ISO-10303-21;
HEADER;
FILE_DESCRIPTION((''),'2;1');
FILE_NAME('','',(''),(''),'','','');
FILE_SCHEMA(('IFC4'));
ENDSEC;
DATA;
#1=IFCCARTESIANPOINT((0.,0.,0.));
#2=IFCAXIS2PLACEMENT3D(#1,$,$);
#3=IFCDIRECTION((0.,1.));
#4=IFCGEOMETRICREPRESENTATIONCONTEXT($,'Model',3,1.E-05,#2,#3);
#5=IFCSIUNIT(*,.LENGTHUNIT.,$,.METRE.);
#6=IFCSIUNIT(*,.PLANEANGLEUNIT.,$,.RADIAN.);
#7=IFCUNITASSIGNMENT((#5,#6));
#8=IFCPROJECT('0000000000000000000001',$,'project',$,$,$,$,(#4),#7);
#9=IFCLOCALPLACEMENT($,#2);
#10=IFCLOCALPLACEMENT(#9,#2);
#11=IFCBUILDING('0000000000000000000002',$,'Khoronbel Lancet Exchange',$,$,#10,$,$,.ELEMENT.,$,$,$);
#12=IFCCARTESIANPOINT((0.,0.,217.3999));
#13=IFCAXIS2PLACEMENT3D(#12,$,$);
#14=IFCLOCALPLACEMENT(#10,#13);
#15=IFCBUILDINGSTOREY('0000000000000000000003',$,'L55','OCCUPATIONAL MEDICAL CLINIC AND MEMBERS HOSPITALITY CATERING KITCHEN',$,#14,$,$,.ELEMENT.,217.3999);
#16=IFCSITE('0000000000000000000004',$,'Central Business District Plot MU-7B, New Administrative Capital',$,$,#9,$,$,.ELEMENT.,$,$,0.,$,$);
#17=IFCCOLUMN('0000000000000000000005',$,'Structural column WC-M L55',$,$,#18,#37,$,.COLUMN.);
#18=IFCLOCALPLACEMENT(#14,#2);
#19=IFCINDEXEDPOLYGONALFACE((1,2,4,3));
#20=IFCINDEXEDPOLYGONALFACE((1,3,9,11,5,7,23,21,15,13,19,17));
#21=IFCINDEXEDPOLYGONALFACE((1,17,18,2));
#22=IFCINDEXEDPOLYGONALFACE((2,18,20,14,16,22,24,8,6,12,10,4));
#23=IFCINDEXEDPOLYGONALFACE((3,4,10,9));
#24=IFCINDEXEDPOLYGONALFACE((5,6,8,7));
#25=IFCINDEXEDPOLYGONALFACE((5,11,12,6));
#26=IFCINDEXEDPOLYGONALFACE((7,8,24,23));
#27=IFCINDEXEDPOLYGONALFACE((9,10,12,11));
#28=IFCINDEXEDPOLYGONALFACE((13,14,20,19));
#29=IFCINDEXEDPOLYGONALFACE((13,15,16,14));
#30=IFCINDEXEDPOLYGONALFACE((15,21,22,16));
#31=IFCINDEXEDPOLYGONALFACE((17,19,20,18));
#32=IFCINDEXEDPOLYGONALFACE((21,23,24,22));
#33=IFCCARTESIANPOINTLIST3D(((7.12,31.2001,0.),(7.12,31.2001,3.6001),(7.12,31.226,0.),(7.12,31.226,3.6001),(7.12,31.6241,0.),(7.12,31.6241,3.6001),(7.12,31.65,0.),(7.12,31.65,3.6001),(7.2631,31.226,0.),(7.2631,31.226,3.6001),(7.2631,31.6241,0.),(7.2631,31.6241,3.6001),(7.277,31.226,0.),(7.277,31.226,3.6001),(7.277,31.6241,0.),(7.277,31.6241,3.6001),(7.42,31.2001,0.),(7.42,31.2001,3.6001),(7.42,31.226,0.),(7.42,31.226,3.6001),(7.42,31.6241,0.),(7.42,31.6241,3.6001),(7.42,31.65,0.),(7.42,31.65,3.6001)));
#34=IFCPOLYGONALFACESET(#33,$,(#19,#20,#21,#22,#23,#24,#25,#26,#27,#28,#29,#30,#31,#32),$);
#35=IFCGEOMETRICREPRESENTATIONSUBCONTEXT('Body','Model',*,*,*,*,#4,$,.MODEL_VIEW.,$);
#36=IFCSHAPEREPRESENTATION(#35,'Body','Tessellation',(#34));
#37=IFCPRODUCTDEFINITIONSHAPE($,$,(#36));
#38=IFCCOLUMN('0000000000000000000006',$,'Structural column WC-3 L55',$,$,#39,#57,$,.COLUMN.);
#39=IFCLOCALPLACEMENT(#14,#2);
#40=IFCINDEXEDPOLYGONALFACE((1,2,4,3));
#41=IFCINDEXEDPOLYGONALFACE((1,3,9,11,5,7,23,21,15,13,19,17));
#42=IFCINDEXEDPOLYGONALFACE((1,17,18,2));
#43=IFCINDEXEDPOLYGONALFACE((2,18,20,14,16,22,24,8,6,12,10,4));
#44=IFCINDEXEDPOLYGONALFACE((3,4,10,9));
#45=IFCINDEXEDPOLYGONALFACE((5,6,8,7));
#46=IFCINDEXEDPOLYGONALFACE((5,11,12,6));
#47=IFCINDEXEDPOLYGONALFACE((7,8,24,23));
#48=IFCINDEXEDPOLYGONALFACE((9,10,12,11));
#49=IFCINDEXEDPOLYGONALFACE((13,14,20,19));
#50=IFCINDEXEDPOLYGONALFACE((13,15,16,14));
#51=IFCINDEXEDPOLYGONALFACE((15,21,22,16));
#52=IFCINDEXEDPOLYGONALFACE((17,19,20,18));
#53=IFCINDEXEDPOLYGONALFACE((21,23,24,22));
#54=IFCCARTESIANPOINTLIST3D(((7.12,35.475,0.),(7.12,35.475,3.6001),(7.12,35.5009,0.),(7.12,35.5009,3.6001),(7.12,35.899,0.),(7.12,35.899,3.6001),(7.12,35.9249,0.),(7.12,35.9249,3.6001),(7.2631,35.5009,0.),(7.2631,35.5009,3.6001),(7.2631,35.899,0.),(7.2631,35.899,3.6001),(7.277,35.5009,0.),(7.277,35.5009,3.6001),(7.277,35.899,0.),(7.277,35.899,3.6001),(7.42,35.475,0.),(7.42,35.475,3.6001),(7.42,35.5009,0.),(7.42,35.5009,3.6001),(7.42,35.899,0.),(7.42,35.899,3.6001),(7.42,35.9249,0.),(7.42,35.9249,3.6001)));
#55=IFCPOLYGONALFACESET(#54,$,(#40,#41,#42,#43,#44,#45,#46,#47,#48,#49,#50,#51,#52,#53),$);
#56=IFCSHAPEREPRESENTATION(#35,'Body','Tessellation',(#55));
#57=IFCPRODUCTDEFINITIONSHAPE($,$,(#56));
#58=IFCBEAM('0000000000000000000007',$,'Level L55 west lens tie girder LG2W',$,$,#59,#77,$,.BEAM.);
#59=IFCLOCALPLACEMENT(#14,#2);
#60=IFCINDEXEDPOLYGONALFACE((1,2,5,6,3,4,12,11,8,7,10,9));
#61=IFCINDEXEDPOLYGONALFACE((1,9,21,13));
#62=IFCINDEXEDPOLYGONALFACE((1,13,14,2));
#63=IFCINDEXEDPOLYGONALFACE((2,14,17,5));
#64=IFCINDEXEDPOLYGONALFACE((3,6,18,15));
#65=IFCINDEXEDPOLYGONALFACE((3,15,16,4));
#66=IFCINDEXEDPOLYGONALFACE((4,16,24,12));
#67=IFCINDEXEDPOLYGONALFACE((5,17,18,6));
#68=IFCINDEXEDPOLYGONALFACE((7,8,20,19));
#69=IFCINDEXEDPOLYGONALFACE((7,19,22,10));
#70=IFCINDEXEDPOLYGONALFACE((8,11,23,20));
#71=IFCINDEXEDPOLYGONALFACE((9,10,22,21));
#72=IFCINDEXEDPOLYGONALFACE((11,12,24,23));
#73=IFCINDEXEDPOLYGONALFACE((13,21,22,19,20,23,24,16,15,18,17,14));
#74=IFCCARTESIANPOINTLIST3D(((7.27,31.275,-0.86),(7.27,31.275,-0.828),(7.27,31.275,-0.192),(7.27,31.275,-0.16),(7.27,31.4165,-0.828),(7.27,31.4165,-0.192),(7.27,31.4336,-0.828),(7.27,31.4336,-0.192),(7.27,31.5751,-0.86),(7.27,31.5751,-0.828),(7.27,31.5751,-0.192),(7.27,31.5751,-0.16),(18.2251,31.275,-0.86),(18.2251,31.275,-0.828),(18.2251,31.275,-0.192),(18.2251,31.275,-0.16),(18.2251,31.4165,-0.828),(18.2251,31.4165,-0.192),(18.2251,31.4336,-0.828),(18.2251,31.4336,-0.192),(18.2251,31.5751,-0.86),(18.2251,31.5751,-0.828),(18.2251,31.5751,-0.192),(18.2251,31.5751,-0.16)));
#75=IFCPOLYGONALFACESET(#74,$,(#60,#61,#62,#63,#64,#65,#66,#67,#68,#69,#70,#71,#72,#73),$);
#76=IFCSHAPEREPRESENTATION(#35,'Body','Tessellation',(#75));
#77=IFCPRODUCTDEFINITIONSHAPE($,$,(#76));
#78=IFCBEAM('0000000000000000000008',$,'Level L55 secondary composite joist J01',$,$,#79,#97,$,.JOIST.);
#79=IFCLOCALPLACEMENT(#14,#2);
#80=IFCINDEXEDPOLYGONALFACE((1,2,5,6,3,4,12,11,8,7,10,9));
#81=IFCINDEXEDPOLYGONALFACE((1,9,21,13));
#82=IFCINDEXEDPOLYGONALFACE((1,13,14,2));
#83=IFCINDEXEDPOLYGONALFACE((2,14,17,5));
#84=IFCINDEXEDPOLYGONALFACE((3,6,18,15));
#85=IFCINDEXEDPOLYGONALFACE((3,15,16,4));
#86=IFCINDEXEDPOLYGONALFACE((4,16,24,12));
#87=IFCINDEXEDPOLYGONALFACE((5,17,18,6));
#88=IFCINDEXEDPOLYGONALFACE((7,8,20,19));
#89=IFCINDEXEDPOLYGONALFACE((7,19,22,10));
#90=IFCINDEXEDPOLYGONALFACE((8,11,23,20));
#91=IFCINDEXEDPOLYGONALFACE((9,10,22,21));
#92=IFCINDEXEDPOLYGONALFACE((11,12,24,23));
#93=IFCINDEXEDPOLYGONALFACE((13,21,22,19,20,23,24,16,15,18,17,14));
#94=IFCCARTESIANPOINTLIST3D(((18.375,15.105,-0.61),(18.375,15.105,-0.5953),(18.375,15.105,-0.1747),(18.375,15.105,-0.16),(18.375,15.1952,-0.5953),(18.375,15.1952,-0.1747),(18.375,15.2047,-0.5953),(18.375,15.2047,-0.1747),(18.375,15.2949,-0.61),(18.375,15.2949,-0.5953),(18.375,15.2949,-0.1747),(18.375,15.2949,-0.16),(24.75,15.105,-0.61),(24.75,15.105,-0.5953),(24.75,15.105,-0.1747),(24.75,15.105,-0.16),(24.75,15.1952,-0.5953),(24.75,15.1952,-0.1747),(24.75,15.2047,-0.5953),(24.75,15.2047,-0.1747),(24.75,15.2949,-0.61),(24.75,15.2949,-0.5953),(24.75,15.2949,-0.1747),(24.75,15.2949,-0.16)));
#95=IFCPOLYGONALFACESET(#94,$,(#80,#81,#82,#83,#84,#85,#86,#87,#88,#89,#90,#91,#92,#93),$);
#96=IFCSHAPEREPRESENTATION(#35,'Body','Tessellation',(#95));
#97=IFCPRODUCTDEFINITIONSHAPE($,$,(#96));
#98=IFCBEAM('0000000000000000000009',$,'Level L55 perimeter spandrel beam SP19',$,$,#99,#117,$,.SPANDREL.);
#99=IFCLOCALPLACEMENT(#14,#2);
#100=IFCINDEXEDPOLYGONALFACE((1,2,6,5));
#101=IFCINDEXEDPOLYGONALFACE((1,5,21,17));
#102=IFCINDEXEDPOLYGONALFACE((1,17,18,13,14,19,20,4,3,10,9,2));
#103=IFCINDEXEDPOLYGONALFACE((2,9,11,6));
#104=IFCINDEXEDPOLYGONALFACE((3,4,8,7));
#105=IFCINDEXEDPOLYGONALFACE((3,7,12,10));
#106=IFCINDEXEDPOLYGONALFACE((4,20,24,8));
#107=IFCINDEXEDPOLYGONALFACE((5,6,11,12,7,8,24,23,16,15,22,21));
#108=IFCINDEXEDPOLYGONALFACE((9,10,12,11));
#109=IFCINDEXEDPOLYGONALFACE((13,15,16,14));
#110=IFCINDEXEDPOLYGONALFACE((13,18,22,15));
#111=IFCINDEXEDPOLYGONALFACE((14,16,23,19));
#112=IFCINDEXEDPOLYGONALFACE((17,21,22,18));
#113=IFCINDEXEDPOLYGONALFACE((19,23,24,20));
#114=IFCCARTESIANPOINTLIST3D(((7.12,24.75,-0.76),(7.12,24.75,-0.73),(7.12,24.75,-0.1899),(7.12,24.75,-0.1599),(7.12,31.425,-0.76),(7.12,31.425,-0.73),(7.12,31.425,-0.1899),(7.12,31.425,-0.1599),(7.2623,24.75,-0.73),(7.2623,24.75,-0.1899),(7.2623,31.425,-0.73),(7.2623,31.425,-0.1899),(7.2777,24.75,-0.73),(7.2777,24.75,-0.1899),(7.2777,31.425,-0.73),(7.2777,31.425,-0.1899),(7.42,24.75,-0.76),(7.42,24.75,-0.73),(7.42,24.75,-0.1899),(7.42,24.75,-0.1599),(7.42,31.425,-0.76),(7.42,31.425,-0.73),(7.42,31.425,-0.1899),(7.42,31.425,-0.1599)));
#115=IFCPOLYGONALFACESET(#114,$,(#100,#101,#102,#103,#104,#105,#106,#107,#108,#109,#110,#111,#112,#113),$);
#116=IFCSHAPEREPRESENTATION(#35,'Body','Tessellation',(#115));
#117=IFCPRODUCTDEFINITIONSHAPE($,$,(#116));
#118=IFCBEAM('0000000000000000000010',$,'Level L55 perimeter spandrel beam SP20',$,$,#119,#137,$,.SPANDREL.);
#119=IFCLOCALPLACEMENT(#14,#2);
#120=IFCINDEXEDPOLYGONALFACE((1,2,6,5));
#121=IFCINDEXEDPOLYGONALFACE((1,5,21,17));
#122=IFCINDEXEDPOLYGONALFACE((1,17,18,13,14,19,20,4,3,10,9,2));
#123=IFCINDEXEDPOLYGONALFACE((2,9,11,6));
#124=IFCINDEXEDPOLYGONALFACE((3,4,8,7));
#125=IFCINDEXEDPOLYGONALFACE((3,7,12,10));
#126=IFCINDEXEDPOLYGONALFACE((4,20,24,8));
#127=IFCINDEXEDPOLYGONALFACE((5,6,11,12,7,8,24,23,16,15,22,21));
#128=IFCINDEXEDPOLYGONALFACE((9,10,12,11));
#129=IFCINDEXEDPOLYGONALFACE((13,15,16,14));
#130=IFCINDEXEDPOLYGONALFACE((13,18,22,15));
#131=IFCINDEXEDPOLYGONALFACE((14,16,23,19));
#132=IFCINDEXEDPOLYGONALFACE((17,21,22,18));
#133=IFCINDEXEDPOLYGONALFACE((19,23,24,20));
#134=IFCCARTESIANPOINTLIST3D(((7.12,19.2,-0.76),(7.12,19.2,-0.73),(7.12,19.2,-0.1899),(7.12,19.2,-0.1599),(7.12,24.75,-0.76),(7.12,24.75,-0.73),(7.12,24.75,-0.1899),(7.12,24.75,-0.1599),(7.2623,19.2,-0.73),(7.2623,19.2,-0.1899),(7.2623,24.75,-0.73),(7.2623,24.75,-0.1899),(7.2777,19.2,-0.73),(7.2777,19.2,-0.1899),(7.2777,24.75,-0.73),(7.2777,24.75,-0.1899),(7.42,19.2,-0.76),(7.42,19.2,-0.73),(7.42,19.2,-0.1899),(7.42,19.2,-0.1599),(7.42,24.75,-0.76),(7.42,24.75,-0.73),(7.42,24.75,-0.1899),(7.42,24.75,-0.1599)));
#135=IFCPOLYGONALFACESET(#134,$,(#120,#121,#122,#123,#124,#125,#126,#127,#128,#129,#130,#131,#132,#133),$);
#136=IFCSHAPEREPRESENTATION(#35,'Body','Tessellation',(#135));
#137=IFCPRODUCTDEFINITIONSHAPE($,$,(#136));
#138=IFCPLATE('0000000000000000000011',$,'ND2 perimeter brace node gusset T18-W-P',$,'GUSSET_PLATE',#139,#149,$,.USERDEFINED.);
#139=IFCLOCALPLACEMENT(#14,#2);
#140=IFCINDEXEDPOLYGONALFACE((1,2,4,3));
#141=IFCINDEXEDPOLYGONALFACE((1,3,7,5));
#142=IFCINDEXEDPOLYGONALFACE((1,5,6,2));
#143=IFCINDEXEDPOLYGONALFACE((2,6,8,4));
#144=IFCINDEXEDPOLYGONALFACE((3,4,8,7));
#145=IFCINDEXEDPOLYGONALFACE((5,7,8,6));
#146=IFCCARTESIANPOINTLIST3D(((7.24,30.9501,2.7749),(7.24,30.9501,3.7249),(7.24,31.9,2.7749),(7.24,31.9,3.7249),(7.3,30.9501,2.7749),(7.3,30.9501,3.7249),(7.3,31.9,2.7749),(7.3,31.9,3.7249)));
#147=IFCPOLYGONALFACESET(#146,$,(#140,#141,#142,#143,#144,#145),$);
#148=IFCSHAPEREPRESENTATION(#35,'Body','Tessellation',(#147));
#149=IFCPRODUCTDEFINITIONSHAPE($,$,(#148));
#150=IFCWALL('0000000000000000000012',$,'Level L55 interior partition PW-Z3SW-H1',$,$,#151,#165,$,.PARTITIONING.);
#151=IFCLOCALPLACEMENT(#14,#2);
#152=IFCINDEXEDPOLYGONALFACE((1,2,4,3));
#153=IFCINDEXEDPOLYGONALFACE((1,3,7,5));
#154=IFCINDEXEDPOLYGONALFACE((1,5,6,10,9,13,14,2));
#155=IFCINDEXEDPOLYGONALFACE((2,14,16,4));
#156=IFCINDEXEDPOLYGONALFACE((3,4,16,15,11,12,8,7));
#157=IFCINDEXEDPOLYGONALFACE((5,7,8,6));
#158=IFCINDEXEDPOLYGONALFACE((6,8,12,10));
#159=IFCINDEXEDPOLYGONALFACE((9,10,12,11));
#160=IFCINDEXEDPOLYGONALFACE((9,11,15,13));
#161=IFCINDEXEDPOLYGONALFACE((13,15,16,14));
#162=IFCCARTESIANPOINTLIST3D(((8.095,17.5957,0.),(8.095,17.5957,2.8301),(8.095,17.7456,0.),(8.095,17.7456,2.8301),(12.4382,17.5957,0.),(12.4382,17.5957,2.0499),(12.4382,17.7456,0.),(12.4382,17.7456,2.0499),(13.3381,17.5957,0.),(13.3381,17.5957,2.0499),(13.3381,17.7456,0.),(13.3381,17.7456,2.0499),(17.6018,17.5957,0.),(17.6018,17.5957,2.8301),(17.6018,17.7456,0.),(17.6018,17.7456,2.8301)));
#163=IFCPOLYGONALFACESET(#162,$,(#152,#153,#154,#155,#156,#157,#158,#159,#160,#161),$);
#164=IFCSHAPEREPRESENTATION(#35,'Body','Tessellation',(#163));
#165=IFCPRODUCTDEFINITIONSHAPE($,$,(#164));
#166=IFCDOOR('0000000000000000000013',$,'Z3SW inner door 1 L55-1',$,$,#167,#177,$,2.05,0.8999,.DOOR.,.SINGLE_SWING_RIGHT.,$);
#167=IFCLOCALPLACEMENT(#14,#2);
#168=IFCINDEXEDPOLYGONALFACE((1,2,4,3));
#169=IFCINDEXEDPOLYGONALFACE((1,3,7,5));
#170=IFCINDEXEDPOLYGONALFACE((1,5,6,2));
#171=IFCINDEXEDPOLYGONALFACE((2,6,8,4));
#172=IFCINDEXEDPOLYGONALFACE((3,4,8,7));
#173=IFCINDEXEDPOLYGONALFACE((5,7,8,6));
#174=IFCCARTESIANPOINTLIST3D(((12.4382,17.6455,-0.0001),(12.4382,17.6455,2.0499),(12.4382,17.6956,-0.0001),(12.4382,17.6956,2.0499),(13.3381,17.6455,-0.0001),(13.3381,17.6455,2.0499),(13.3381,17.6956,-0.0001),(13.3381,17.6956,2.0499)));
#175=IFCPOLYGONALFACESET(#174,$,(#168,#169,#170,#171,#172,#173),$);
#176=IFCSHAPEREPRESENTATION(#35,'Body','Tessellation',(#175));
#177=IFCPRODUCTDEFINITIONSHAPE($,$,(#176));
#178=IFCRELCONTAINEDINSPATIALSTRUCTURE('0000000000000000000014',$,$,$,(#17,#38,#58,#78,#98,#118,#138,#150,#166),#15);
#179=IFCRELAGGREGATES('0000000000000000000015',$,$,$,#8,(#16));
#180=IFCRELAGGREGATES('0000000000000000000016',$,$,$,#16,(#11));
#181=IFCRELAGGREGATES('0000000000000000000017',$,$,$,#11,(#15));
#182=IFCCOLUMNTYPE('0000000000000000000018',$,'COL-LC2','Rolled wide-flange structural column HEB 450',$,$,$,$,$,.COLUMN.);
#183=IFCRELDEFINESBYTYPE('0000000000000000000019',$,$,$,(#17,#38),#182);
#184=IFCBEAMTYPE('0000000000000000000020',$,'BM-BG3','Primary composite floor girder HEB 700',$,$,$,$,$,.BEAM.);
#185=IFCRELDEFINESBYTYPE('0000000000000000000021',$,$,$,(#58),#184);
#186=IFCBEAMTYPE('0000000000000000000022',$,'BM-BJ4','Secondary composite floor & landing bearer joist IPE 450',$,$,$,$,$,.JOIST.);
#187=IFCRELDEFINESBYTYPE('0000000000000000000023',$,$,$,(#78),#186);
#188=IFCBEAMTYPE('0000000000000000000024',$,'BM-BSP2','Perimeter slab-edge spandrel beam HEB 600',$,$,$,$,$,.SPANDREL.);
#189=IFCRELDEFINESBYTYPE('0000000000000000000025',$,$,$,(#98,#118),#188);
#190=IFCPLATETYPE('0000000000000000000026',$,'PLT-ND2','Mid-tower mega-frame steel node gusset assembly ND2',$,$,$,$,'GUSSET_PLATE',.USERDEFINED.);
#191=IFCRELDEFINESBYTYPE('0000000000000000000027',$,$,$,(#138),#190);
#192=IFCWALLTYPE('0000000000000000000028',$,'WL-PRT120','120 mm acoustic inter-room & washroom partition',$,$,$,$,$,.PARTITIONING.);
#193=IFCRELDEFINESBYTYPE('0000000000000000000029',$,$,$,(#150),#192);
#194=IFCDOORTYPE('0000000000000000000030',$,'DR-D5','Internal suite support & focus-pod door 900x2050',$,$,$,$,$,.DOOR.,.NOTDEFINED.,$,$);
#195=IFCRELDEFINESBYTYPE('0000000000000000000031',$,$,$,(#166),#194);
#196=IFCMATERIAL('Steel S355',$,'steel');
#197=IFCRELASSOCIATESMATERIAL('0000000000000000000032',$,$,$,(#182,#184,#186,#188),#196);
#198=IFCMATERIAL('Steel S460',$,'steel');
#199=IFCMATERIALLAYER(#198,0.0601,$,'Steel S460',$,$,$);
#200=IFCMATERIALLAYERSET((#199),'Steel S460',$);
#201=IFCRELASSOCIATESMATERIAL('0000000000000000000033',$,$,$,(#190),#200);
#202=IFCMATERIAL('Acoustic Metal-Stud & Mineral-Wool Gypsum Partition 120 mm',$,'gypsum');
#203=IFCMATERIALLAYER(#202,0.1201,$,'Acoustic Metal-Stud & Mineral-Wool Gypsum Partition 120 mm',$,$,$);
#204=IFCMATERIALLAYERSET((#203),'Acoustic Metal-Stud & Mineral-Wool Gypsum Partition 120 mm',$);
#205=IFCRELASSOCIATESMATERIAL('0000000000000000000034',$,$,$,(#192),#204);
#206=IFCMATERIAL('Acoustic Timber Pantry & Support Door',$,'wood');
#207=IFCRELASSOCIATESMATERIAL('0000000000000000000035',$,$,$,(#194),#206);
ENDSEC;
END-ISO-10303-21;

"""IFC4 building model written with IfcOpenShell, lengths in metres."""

from ifc_helpers import new_model, si_unit, direction, frame, frame_2d, origin, origin_2d, place, context, subcontext, project, spatial, rectangle, i_section, extrude, material, layer, layer_set, material_profile, profile_set, type_object, element, fill, save


model = new_model("IFC4")

# Units and contexts
model_context = context("Model", 3, precision=1e-05, world=origin(), true_north=direction((0.0, 1.0)))
body_context = subcontext(model_context, "Body", "Model", "MODEL_VIEW")
ifc_project = project(units=[si_unit("LENGTHUNIT", "METRE"), si_unit("PLANEANGLEUNIT", "RADIAN")], contexts=[model_context])

# Site, building, storey
site_placement = place(None, origin())
site = spatial("IfcSite", under=ifc_project, at=site_placement, Name="Central Business District Plot MU-7B, New Administrative Capital", CompositionType="ELEMENT", RefElevation=0.0)
building_placement = place(site_placement, origin())
building = spatial("IfcBuilding", under=site, at=building_placement, Name="Khoronbel Lancet Exchange", CompositionType="ELEMENT")
storey_placement = place(building_placement, frame((0.0, 0.0, 217.3999)))
storey = spatial("IfcBuildingStorey", under=building, at=storey_placement, Name="L55", Description="OCCUPATIONAL MEDICAL CLINIC AND MEMBERS HOSPITALITY CATERING KITCHEN", CompositionType="ELEMENT", Elevation=217.3999)

# Columns
ifc_material_1 = material(Name="Steel S355", Category="steel")
ifc_material_profile_1 = material_profile(ifc_material_1, i_section(OverallWidth=0.3, OverallDepth=0.45, WebThickness=0.0139, FlangeThickness=0.0259, at=origin_2d()), Name="HEB 450")
ifc_profile_set_1 = profile_set([ifc_material_profile_1], Name="Steel S355")
column_type = type_object("IfcColumnType", Name="COL-LC2", Description="Rolled wide-flange structural column HEB 450", PredefinedType="COLUMN", material=ifc_profile_set_1)
for number, where, z_axis, x_axis, name in (
    (1, (7.27, 31.425, 0.0), (0.0, 0.0, 1.0), (1.0, 0.0, 0.0), "Structural column WC-M L55"),
    (2, (7.27, 35.7, 0.0), (0.0, 0.0, 1.0), (1.0, 0.0, 0.0), "Structural column WC-3 L55"),
):
    element("IfcColumn", number, at=place(storey_placement, frame(where, z_axis=z_axis, x_axis=x_axis)), inside=storey, type_object=column_type, Name=name, PredefinedType="COLUMN", context=body_context, shape_type="SweptSolid", body=[
        extrude(i_section(OverallWidth=0.3, OverallDepth=0.45, WebThickness=0.0139, FlangeThickness=0.0259, at=origin_2d()), origin(), (0.0, 0.0, 1.0), 3.6001),
    ])

# Beams
ifc_material_profile_2 = material_profile(ifc_material_1, i_section(OverallWidth=0.3, OverallDepth=0.7, WebThickness=0.0171, FlangeThickness=0.032, at=origin_2d()), Name="HEB 700")
ifc_profile_set_2 = profile_set([ifc_material_profile_2], Name="Steel S355")
beam_type_1 = type_object("IfcBeamType", Name="BM-BG3", Description="Primary composite floor girder HEB 700", PredefinedType="BEAM", material=ifc_profile_set_2)
beam_1_placement = place(storey_placement, frame((7.27, 31.425, -0.51), z_axis=(1.0, 0.0, 0.0), x_axis=(0.0, 1.0, 0.0)))
element("IfcBeam", 3, at=beam_1_placement, inside=storey, type_object=beam_type_1, Name="Level L55 west lens tie girder LG2W", PredefinedType="BEAM", context=body_context, shape_type="SweptSolid", body=[
    extrude(i_section(OverallWidth=0.3, OverallDepth=0.7, WebThickness=0.0171, FlangeThickness=0.032, at=origin_2d()), origin(), (0.0, 0.0, 1.0), 10.9551),
])
ifc_material_profile_3 = material_profile(ifc_material_1, i_section(OverallWidth=0.1899, OverallDepth=0.45, WebThickness=0.0095, FlangeThickness=0.0146, at=origin_2d()), Name="IPE 450")
ifc_profile_set_3 = profile_set([ifc_material_profile_3], Name="Steel S355")
beam_type_2 = type_object("IfcBeamType", Name="BM-BJ4", Description="Secondary composite floor & landing bearer joist IPE 450", PredefinedType="JOIST", material=ifc_profile_set_3)
beam_2_placement = place(storey_placement, frame((18.375, 15.2, -0.385), z_axis=(1.0, 0.0, 0.0), x_axis=(0.0, 1.0, 0.0)))
element("IfcBeam", 4, at=beam_2_placement, inside=storey, type_object=beam_type_2, Name="Level L55 secondary composite joist J01", PredefinedType="JOIST", context=body_context, shape_type="SweptSolid", body=[
    extrude(i_section(OverallWidth=0.1899, OverallDepth=0.45, WebThickness=0.0095, FlangeThickness=0.0146, at=origin_2d()), origin(), (0.0, 0.0, 1.0), 6.375),
])
ifc_material_profile_4 = material_profile(ifc_material_1, i_section(OverallWidth=0.3, OverallDepth=0.6001, WebThickness=0.0154, FlangeThickness=0.03, at=origin_2d()), Name="HEB 600")
ifc_profile_set_4 = profile_set([ifc_material_profile_4], Name="Steel S355")
beam_type_3 = type_object("IfcBeamType", Name="BM-BSP2", Description="Perimeter slab-edge spandrel beam HEB 600", PredefinedType="SPANDREL", material=ifc_profile_set_4)
beam_3_placement = place(storey_placement, frame((7.27, 31.425, -0.46), z_axis=(0.0, -1.0, 0.0), x_axis=(1.0, 0.0, 0.0)))
element("IfcBeam", 5, at=beam_3_placement, inside=storey, type_object=beam_type_3, Name="Level L55 perimeter spandrel beam SP19", PredefinedType="SPANDREL", context=body_context, shape_type="SweptSolid", body=[
    extrude(i_section(OverallWidth=0.3, OverallDepth=0.6001, WebThickness=0.0154, FlangeThickness=0.03, at=origin_2d()), origin(), (0.0, 0.0, 1.0), 6.675),
])
beam_4_placement = place(storey_placement, frame((7.27, 24.75, -0.46), z_axis=(0.0, -1.0, 0.0), x_axis=(1.0, 0.0, 0.0)))
element("IfcBeam", 6, at=beam_4_placement, inside=storey, type_object=beam_type_3, Name="Level L55 perimeter spandrel beam SP20", PredefinedType="SPANDREL", context=body_context, shape_type="SweptSolid", body=[
    extrude(i_section(OverallWidth=0.3, OverallDepth=0.6001, WebThickness=0.0154, FlangeThickness=0.03, at=origin_2d()), origin(), (0.0, 0.0, 1.0), 5.55),
])

# Plate
ifc_material_2 = material(Name="Steel S460", Category="steel")
ifc_layer_1 = layer(ifc_material_2, 0.0601, Name="Steel S460")
ifc_layer_set_1 = layer_set([ifc_layer_1], Name="Steel S460")
plate_type = type_object("IfcPlateType", Name="PLT-ND2", Description="Mid-tower mega-frame steel node gusset assembly ND2", ElementType="GUSSET_PLATE", PredefinedType="USERDEFINED", material=ifc_layer_set_1)
plate_placement = place(storey_placement, frame((7.27, 31.425, 2.7749), z_axis=(0.0, 0.0, 1.0), x_axis=(0.0, 1.0, 0.0)))
element("IfcPlate", 7, at=plate_placement, inside=storey, type_object=plate_type, Name="ND2 perimeter brace node gusset T18-W-P", ObjectType="GUSSET_PLATE", PredefinedType="USERDEFINED", context=body_context, shape_type="SweptSolid", body=[
    extrude(rectangle(XDim=0.95, YDim=0.0601, at=origin_2d()), origin(), (0.0, 0.0, 1.0), 0.95),
])

# Wall, opening, door
ifc_material_3 = material(Name="Acoustic Metal-Stud & Mineral-Wool Gypsum Partition 120 mm", Category="gypsum")
ifc_layer_2 = layer(ifc_material_3, 0.1201, Name="Acoustic Metal-Stud & Mineral-Wool Gypsum Partition 120 mm")
ifc_layer_set_2 = layer_set([ifc_layer_2], Name="Acoustic Metal-Stud & Mineral-Wool Gypsum Partition 120 mm")
wall_type_1 = type_object("IfcWallType", Name="WL-PRT120", Description="120 mm acoustic inter-room & washroom partition", PredefinedType="PARTITIONING", material=ifc_layer_set_2)
wall_1_placement = place(storey_placement, frame((8.095, 17.6707, 0.0), z_axis=(0.0, 0.0, 1.0), x_axis=(1.0, 0.0, 0.0)))
wall_1 = element("IfcWall", 8, at=wall_1_placement, inside=storey, type_object=wall_type_1, Name="Level L55 interior partition PW-Z3SW-H1", PredefinedType="PARTITIONING", context=body_context, shape_type="SweptSolid", body=[
    extrude(rectangle(XDim=9.5068, YDim=0.1499, at=frame_2d((4.7534, 0.0))), origin(), (0.0, 0.0, 1.0), 2.8301),
])
opening_1_placement = place(wall_1_placement, frame((4.3433, 0.0, 0.0)))
opening_1 = element("IfcOpeningElement", 9, at=opening_1_placement, cuts=wall_1, PredefinedType="OPENING", context=body_context, shape_type="SweptSolid", body=[
    extrude(rectangle(XDim=0.8999, YDim=2.05, at=frame_2d((0.45, 1.0249))), frame((0.0, 0.085, 0.0), z_axis=(0.0, -1.0, 0.0), x_axis=(1.0, 0.0, 0.0)), (0.0, 0.0, 1.0), 0.1699),
])
ifc_material_4 = material(Name="Acoustic Timber Pantry & Support Door", Category="wood")
door_type_1 = type_object("IfcDoorType", Name="DR-D5", Description="Internal suite support & focus-pod door 900x2050", OperationType="NOTDEFINED", PredefinedType="DOOR", material=ifc_material_4)
door_1_placement = place(opening_1_placement, origin())
door_1 = element("IfcDoor", 10, at=door_1_placement, inside=storey, type_object=door_type_1, Name="Z3SW inner door 1 L55-1", OperationType="SINGLE_SWING_RIGHT", OverallHeight=2.05, OverallWidth=0.8999, PredefinedType="DOOR", context=body_context, shape_type="SweptSolid", body=[
    extrude(rectangle(XDim=0.8999, YDim=2.05, at=frame_2d((0.45, 1.0249))), frame((0.0, 0.0249, 0.0), z_axis=(0.0, -1.0, 0.0), x_axis=(1.0, 0.0, 0.0)), (0.0, 0.0, 1.0), 0.05),
])
fill(opening_1, door_1)

save(model, "model.ifc")
